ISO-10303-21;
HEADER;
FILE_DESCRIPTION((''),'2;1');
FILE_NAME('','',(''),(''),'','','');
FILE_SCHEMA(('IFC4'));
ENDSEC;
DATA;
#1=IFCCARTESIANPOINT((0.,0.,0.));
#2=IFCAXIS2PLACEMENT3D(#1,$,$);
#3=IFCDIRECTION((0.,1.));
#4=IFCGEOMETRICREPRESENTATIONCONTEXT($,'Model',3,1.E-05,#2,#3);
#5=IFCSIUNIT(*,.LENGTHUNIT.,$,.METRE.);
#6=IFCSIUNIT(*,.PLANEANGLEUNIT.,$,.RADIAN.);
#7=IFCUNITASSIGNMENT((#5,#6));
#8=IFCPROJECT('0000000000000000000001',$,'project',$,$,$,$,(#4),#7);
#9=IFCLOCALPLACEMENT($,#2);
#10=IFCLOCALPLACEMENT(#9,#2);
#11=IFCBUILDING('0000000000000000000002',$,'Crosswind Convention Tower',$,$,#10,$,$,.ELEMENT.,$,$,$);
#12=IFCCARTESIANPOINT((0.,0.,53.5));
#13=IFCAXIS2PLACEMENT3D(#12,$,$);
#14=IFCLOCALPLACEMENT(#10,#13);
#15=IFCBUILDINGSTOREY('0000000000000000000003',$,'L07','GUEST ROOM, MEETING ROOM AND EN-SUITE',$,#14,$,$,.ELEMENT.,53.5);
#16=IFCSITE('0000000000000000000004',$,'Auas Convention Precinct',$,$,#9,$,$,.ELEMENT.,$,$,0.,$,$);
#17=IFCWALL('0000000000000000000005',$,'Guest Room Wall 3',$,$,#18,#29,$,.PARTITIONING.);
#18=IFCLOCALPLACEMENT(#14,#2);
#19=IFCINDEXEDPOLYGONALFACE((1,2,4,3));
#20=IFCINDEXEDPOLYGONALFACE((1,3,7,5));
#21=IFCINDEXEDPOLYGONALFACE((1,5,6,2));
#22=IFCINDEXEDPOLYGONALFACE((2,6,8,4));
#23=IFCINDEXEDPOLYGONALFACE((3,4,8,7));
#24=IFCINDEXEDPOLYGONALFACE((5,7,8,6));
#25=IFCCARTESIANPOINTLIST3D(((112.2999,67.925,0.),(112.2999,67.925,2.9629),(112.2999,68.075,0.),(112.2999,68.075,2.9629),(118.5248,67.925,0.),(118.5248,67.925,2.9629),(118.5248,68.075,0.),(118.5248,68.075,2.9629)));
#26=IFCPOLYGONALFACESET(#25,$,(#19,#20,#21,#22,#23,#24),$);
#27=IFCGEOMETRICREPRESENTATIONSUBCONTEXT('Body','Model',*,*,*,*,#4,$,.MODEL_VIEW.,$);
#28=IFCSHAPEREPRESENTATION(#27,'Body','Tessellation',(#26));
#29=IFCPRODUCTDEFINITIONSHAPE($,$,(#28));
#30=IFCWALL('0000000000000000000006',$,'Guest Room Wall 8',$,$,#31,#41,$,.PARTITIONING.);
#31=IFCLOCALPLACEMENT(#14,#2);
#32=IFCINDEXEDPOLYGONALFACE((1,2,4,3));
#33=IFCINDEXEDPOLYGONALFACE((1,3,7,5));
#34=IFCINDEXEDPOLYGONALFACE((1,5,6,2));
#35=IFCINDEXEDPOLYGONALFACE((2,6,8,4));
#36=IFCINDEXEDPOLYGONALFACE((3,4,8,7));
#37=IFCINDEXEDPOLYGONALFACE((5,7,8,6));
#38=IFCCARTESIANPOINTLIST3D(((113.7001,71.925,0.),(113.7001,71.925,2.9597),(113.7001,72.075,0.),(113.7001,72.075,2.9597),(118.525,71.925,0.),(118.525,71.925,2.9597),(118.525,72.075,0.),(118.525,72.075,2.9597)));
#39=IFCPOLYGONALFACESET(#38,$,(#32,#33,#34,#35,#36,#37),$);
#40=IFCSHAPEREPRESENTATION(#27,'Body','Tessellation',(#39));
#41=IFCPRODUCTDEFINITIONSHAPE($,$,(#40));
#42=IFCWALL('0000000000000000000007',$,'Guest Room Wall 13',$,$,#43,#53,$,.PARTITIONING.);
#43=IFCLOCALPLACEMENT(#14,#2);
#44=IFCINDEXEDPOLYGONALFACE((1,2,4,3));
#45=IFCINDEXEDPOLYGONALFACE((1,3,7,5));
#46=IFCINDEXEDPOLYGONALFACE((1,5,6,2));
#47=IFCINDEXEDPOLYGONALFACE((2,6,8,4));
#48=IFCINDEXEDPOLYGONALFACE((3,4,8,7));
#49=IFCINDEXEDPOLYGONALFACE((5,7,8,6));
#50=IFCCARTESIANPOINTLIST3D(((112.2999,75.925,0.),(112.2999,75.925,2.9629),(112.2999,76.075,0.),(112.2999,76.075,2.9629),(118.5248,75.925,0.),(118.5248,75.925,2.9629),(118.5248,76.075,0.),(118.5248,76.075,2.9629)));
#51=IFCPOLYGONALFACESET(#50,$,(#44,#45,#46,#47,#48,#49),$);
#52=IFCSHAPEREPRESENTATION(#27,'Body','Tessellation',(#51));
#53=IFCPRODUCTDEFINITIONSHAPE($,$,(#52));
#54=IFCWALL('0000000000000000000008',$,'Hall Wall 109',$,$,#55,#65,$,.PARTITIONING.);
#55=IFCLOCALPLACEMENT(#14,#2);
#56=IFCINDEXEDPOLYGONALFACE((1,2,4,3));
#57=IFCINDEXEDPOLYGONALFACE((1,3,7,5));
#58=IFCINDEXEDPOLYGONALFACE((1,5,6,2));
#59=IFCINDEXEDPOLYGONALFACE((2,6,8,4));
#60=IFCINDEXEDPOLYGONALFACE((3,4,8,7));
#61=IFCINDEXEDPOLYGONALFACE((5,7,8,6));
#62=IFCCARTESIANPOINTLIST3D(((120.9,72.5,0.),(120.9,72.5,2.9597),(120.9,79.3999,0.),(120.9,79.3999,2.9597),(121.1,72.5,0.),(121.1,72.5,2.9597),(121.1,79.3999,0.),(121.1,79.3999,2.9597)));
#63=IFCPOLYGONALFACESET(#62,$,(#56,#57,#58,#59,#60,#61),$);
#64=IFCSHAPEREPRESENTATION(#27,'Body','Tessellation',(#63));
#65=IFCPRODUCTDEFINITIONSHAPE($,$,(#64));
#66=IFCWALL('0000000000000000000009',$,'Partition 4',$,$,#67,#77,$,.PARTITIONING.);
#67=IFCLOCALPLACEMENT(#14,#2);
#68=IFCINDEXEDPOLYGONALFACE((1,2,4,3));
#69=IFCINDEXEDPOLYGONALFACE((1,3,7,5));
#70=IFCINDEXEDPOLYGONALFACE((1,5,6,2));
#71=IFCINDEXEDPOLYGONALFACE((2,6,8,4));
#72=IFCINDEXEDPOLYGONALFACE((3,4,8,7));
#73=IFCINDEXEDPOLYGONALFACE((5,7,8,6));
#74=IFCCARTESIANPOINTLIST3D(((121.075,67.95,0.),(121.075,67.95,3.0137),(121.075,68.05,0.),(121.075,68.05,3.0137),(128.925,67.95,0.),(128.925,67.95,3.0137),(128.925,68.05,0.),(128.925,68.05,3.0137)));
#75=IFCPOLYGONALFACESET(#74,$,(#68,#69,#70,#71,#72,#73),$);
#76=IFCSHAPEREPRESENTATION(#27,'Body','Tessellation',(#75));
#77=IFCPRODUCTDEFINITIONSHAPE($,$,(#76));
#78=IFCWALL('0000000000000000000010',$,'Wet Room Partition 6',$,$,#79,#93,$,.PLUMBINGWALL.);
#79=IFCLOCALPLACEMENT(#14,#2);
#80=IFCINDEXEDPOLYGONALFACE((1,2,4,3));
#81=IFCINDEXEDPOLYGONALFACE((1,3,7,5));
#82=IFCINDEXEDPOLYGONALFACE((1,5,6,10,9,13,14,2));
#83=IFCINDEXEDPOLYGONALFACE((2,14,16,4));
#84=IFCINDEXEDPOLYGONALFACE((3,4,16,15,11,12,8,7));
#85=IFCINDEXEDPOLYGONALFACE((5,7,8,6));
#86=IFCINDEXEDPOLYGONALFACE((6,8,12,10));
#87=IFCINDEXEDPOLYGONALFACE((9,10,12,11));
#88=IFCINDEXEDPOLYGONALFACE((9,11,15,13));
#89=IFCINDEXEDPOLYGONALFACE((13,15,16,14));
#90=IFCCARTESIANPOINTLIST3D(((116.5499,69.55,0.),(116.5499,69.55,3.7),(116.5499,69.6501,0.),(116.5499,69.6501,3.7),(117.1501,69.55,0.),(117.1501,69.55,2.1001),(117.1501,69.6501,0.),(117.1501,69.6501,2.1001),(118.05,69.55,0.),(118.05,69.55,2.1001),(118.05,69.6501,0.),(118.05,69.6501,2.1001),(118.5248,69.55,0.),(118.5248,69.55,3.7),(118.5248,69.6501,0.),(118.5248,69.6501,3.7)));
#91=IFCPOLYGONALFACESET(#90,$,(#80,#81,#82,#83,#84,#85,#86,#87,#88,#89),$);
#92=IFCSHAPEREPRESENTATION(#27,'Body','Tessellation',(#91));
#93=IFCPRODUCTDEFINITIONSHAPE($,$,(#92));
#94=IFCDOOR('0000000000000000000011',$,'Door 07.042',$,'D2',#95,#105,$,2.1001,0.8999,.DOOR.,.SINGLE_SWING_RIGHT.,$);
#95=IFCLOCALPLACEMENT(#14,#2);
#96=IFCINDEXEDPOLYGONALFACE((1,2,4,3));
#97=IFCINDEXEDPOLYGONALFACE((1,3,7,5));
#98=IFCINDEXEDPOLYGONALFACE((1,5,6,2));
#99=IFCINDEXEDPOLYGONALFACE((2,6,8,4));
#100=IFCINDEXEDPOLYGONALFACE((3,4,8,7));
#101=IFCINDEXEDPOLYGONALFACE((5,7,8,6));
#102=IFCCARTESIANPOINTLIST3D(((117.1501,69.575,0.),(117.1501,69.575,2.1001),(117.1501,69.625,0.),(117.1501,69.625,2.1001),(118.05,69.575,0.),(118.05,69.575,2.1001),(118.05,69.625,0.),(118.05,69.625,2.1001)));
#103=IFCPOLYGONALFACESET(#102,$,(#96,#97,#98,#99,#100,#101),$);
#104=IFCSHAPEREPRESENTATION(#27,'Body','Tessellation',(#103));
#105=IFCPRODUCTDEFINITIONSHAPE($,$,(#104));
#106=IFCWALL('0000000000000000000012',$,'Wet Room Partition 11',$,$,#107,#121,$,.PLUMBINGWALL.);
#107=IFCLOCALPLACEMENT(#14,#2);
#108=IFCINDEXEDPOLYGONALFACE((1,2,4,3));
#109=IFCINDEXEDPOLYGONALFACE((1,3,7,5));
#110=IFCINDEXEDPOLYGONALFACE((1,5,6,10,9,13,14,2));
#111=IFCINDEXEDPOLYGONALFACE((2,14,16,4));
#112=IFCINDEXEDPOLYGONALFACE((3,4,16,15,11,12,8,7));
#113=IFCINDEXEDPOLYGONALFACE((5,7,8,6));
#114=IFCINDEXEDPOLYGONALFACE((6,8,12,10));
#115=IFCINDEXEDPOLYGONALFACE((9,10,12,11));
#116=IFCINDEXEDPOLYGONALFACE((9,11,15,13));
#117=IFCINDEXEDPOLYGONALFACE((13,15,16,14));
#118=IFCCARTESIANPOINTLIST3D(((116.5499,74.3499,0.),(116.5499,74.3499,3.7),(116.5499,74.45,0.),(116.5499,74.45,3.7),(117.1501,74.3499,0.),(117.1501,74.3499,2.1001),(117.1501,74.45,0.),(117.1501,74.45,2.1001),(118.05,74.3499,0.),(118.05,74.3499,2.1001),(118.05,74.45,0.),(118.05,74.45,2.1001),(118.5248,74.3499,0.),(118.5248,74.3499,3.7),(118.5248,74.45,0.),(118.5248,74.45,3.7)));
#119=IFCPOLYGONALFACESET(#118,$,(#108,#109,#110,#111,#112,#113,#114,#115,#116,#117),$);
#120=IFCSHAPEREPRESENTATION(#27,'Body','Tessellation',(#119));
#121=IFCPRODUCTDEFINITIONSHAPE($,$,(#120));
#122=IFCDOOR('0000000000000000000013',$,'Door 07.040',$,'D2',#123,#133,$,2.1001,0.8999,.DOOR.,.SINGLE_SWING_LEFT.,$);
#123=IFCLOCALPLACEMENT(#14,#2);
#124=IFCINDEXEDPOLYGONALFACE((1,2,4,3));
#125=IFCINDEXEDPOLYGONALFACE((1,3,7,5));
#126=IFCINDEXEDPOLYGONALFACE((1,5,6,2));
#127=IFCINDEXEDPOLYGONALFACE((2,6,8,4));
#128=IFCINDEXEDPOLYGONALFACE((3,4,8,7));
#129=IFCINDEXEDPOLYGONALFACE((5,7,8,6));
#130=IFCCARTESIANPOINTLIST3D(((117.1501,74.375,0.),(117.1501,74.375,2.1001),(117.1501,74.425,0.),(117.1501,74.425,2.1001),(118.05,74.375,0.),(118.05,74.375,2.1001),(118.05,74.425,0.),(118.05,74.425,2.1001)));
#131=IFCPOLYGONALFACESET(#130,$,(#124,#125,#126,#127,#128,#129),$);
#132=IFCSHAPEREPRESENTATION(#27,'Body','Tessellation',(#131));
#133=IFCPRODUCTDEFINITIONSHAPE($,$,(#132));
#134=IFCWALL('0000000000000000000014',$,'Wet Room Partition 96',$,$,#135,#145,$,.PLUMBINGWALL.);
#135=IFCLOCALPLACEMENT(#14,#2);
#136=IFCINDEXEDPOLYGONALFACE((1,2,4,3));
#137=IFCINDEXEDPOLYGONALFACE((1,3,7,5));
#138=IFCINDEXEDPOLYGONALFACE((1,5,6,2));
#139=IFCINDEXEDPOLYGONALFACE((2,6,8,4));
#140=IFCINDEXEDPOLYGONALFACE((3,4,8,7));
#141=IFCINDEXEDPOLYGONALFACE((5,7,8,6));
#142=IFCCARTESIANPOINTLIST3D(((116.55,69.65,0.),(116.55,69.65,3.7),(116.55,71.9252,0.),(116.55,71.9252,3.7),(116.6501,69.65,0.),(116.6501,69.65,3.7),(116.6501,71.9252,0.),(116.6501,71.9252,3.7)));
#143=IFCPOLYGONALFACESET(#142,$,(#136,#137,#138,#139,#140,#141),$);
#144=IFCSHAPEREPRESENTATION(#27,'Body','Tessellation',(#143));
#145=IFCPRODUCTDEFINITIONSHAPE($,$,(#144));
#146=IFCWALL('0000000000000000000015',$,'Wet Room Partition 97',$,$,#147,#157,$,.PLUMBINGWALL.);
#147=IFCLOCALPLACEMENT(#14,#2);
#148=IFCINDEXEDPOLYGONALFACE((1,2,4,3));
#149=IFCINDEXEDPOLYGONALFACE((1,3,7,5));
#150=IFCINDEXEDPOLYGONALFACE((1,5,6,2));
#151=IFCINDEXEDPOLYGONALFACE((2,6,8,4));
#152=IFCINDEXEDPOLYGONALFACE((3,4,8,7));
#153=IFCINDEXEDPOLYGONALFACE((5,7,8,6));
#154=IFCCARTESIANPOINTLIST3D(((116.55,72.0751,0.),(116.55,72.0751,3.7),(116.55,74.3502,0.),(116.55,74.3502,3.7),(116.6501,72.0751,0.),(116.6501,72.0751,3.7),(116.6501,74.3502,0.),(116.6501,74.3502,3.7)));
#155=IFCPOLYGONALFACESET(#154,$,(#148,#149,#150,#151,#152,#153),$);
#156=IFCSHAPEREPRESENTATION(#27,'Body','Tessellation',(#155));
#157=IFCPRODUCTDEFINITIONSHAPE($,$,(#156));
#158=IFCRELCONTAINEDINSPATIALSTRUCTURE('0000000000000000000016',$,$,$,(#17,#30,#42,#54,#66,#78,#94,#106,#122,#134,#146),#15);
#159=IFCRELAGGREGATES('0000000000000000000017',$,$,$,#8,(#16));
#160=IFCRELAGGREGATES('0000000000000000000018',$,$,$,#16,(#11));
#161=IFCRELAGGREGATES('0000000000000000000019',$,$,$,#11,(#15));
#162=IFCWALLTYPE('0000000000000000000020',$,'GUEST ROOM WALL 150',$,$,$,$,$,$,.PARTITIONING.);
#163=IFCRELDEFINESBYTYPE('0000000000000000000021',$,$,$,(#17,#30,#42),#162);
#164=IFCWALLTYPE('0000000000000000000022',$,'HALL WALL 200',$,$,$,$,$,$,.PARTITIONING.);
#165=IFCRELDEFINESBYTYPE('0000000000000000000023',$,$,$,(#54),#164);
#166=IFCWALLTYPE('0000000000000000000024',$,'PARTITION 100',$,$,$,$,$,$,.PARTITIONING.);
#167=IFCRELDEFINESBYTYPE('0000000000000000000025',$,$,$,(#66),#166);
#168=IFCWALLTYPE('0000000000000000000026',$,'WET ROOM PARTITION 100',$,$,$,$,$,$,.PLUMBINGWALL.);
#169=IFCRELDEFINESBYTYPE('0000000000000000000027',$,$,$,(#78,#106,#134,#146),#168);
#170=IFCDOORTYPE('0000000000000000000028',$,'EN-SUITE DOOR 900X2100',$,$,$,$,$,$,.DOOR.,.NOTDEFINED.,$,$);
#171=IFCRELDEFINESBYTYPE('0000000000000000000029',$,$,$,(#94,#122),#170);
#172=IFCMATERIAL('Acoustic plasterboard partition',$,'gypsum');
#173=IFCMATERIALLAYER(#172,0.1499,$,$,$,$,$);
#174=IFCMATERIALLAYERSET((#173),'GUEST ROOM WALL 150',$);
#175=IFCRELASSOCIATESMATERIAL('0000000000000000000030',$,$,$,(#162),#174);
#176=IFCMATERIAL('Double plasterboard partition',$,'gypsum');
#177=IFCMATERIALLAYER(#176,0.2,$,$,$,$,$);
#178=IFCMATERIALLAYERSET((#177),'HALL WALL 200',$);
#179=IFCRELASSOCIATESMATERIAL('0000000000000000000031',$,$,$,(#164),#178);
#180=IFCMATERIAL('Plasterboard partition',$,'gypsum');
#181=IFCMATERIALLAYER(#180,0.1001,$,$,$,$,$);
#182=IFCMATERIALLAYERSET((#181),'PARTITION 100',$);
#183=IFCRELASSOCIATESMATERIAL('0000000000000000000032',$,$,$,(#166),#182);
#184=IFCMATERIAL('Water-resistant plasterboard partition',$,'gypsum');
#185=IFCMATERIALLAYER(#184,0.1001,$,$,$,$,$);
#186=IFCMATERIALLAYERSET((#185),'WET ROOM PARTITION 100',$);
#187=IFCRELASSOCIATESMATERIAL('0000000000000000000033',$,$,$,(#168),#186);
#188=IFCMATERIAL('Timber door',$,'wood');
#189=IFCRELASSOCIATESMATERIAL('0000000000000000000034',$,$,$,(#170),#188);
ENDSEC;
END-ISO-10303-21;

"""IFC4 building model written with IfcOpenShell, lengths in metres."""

from ifc_helpers import new_model, si_unit, direction, frame, frame_2d, origin, place, context, subcontext, project, spatial, rectangle, extrude, material, layer, layer_set, type_object, element, fill, save


model = new_model("IFC4")

# Units and contexts
model_context = context("Model", 3, precision=1e-05, world=origin(), true_north=direction((0.0, 1.0)))
body_context = subcontext(model_context, "Body", "Model", "MODEL_VIEW")
ifc_project = project(units=[si_unit("LENGTHUNIT", "METRE"), si_unit("PLANEANGLEUNIT", "RADIAN")], contexts=[model_context])

# Site, building, storey
site_placement = place(None, origin())
site = spatial("IfcSite", under=ifc_project, at=site_placement, Name="Auas Convention Precinct", CompositionType="ELEMENT", RefElevation=0.0)
building_placement = place(site_placement, origin())
building = spatial("IfcBuilding", under=site, at=building_placement, Name="Crosswind Convention Tower", CompositionType="ELEMENT")
storey_placement = place(building_placement, frame((0.0, 0.0, 53.5)))
storey = spatial("IfcBuildingStorey", under=building, at=storey_placement, Name="L07", Description="GUEST ROOM, MEETING ROOM AND EN-SUITE", CompositionType="ELEMENT", Elevation=53.5)

# Walls
ifc_material_1 = material(Name="Acoustic plasterboard partition", Category="gypsum")
ifc_layer_1 = layer(ifc_material_1, 0.1499)
ifc_layer_set_1 = layer_set([ifc_layer_1], Name="GUEST ROOM WALL 150")
wall_type_1 = type_object("IfcWallType", Name="GUEST ROOM WALL 150", PredefinedType="PARTITIONING", material=ifc_layer_set_1)
wall_1_placement = place(storey_placement, frame((112.3, 68.0, 0.0), z_axis=(0.0, 0.0, 1.0), x_axis=(1.0, 0.0, 0.0)))
element("IfcWall", 1, at=wall_1_placement, inside=storey, type_object=wall_type_1, Name="Guest Room Wall 3", PredefinedType="PARTITIONING", context=body_context, shape_type="SweptSolid", body=[
    extrude(rectangle(XDim=6.2249, YDim=0.1499, at=frame_2d((3.1123, 0.0))), origin(), (0.0, 0.0, 1.0), 2.9629),
])
wall_2_placement = place(storey_placement, frame((113.7, 72.0, 0.0), z_axis=(0.0, 0.0, 1.0), x_axis=(1.0, 0.0, 0.0)))
element("IfcWall", 2, at=wall_2_placement, inside=storey, type_object=wall_type_1, Name="Guest Room Wall 8", PredefinedType="PARTITIONING", context=body_context, shape_type="SweptSolid", body=[
    extrude(rectangle(XDim=4.825, YDim=0.1499, at=frame_2d((2.4126, 0.0))), origin(), (0.0, 0.0, 1.0), 2.9597),
])
wall_3_placement = place(storey_placement, frame((112.3, 76.0, 0.0), z_axis=(0.0, 0.0, 1.0), x_axis=(1.0, 0.0, 0.0)))
element("IfcWall", 3, at=wall_3_placement, inside=storey, type_object=wall_type_1, Name="Guest Room Wall 13", PredefinedType="PARTITIONING", context=body_context, shape_type="SweptSolid", body=[
    extrude(rectangle(XDim=6.2249, YDim=0.1499, at=frame_2d((3.1123, 0.0))), origin(), (0.0, 0.0, 1.0), 2.9629),
])
ifc_material_2 = material(Name="Double plasterboard partition", Category="gypsum")
ifc_layer_2 = layer(ifc_material_2, 0.2)
ifc_layer_set_2 = layer_set([ifc_layer_2], Name="HALL WALL 200")
wall_type_2 = type_object("IfcWallType", Name="HALL WALL 200", PredefinedType="PARTITIONING", material=ifc_layer_set_2)
wall_4_placement = place(storey_placement, frame((121.0, 72.5, 0.0), z_axis=(0.0, 0.0, 1.0), x_axis=(0.0, 1.0, 0.0)))
element("IfcWall", 4, at=wall_4_placement, inside=storey, type_object=wall_type_2, Name="Hall Wall 109", PredefinedType="PARTITIONING", context=body_context, shape_type="SweptSolid", body=[
    extrude(rectangle(XDim=6.8999, YDim=0.2, at=frame_2d((3.45, 0.0))), origin(), (0.0, 0.0, 1.0), 2.9597),
])
ifc_material_3 = material(Name="Plasterboard partition", Category="gypsum")
ifc_layer_3 = layer(ifc_material_3, 0.1001)
ifc_layer_set_3 = layer_set([ifc_layer_3], Name="PARTITION 100")
wall_type_3 = type_object("IfcWallType", Name="PARTITION 100", PredefinedType="PARTITIONING", material=ifc_layer_set_3)
wall_5_placement = place(storey_placement, frame((121.075, 68.0, 0.0), z_axis=(0.0, 0.0, 1.0), x_axis=(1.0, 0.0, 0.0)))
element("IfcWall", 5, at=wall_5_placement, inside=storey, type_object=wall_type_3, Name="Partition 4", PredefinedType="PARTITIONING", context=body_context, shape_type="SweptSolid", body=[
    extrude(rectangle(XDim=7.8501, YDim=0.1001, at=frame_2d((3.925, 0.0))), origin(), (0.0, 0.0, 1.0), 3.0137),
])

# Walls, openings, doors
ifc_material_4 = material(Name="Water-resistant plasterboard partition", Category="gypsum")
ifc_layer_4 = layer(ifc_material_4, 0.1001)
ifc_layer_set_4 = layer_set([ifc_layer_4], Name="WET ROOM PARTITION 100")
wall_type_4 = type_object("IfcWallType", Name="WET ROOM PARTITION 100", PredefinedType="PLUMBINGWALL", material=ifc_layer_set_4)
wall_6_placement = place(storey_placement, frame((116.55, 69.6001, 0.0), z_axis=(0.0, 0.0, 1.0), x_axis=(1.0, 0.0, 0.0)))
wall_6 = element("IfcWall", 6, at=wall_6_placement, inside=storey, type_object=wall_type_4, Name="Wet Room Partition 6", PredefinedType="PLUMBINGWALL", context=body_context, shape_type="SweptSolid", body=[
    extrude(rectangle(XDim=1.9749, YDim=0.1001, at=frame_2d((0.9873, 0.0))), origin(), (0.0, 0.0, 1.0), 3.7),
])
opening_1_placement = place(wall_6_placement, frame((0.6001, 0.0, 0.0)))
opening_1 = element("IfcOpeningElement", 7, at=opening_1_placement, cuts=wall_6, PredefinedType="OPENING", context=body_context, shape_type="SweptSolid", body=[
    extrude(rectangle(XDim=0.8999, YDim=2.1001, at=frame_2d((0.45, 1.05))), frame((0.0, 0.0601, 0.0), z_axis=(0.0, -1.0, 0.0), x_axis=(1.0, 0.0, 0.0)), (0.0, 0.0, 1.0), 0.1201),
])
ifc_material_5 = material(Name="Timber door", Category="wood")
door_type = type_object("IfcDoorType", Name="EN-SUITE DOOR 900X2100", OperationType="NOTDEFINED", PredefinedType="DOOR", material=ifc_material_5)
door_1_placement = place(opening_1_placement, origin())
door_1 = element("IfcDoor", 8, at=door_1_placement, inside=storey, type_object=door_type, Name="Door 07.042", ObjectType="D2", OperationType="SINGLE_SWING_RIGHT", OverallHeight=2.1001, OverallWidth=0.8999, PredefinedType="DOOR", context=body_context, shape_type="SweptSolid", body=[
    extrude(rectangle(XDim=0.8999, YDim=2.1001, at=frame_2d((0.45, 1.05))), frame((0.0, 0.0249, 0.0), z_axis=(0.0, -1.0, 0.0), x_axis=(1.0, 0.0, 0.0)), (0.0, 0.0, 1.0), 0.05),
])
fill(opening_1, door_1)
wall_7_placement = place(storey_placement, frame((116.55, 74.3999, 0.0), z_axis=(0.0, 0.0, 1.0), x_axis=(1.0, 0.0, 0.0)))
wall_7 = element("IfcWall", 9, at=wall_7_placement, inside=storey, type_object=wall_type_4, Name="Wet Room Partition 11", PredefinedType="PLUMBINGWALL", context=body_context, shape_type="SweptSolid", body=[
    extrude(rectangle(XDim=1.9749, YDim=0.1001, at=frame_2d((0.9873, 0.0))), origin(), (0.0, 0.0, 1.0), 3.7),
])
opening_2_placement = place(wall_7_placement, frame((0.6001, 0.0, 0.0)))
opening_2 = element("IfcOpeningElement", 10, at=opening_2_placement, cuts=wall_7, PredefinedType="OPENING", context=body_context, shape_type="SweptSolid", body=[
    extrude(rectangle(XDim=0.8999, YDim=2.1001, at=frame_2d((0.45, 1.05))), frame((0.0, 0.0601, 0.0), z_axis=(0.0, -1.0, 0.0), x_axis=(1.0, 0.0, 0.0)), (0.0, 0.0, 1.0), 0.1201),
])
door_2_placement = place(opening_2_placement, frame((0.8999, 0.0, 0.0), z_axis=(0.0, 0.0, 1.0), x_axis=(-1.0, 0.0, 0.0)))
door_2 = element("IfcDoor", 11, at=door_2_placement, inside=storey, type_object=door_type, Name="Door 07.040", ObjectType="D2", OperationType="SINGLE_SWING_LEFT", OverallHeight=2.1001, OverallWidth=0.8999, PredefinedType="DOOR", context=body_context, shape_type="SweptSolid", body=[
    extrude(rectangle(XDim=0.8999, YDim=2.1001, at=frame_2d((0.45, 1.05))), frame((0.0, 0.0249, 0.0), z_axis=(0.0, -1.0, 0.0), x_axis=(1.0, 0.0, 0.0)), (0.0, 0.0, 1.0), 0.05),
])
fill(opening_2, door_2)

# Walls
for number, where, z_axis, x_axis, name in (
    (12, (116.6001, 69.6499, 0.0), (0.0, 0.0, 1.0), (0.0, 1.0, 0.0), "Wet Room Partition 96"),
    (13, (116.6001, 72.075, 0.0), (0.0, 0.0, 1.0), (0.0, 1.0, 0.0), "Wet Room Partition 97"),
):
    element("IfcWall", number, at=place(storey_placement, frame(where, z_axis=z_axis, x_axis=x_axis)), inside=storey, type_object=wall_type_4, Name=name, PredefinedType="PLUMBINGWALL", context=body_context, shape_type="SweptSolid", body=[
        extrude(rectangle(XDim=2.2751, YDim=0.1001, at=frame_2d((1.1377, 0.0))), origin(), (0.0, 0.0, 1.0), 3.7),
    ])

save(model, "model.ifc")
